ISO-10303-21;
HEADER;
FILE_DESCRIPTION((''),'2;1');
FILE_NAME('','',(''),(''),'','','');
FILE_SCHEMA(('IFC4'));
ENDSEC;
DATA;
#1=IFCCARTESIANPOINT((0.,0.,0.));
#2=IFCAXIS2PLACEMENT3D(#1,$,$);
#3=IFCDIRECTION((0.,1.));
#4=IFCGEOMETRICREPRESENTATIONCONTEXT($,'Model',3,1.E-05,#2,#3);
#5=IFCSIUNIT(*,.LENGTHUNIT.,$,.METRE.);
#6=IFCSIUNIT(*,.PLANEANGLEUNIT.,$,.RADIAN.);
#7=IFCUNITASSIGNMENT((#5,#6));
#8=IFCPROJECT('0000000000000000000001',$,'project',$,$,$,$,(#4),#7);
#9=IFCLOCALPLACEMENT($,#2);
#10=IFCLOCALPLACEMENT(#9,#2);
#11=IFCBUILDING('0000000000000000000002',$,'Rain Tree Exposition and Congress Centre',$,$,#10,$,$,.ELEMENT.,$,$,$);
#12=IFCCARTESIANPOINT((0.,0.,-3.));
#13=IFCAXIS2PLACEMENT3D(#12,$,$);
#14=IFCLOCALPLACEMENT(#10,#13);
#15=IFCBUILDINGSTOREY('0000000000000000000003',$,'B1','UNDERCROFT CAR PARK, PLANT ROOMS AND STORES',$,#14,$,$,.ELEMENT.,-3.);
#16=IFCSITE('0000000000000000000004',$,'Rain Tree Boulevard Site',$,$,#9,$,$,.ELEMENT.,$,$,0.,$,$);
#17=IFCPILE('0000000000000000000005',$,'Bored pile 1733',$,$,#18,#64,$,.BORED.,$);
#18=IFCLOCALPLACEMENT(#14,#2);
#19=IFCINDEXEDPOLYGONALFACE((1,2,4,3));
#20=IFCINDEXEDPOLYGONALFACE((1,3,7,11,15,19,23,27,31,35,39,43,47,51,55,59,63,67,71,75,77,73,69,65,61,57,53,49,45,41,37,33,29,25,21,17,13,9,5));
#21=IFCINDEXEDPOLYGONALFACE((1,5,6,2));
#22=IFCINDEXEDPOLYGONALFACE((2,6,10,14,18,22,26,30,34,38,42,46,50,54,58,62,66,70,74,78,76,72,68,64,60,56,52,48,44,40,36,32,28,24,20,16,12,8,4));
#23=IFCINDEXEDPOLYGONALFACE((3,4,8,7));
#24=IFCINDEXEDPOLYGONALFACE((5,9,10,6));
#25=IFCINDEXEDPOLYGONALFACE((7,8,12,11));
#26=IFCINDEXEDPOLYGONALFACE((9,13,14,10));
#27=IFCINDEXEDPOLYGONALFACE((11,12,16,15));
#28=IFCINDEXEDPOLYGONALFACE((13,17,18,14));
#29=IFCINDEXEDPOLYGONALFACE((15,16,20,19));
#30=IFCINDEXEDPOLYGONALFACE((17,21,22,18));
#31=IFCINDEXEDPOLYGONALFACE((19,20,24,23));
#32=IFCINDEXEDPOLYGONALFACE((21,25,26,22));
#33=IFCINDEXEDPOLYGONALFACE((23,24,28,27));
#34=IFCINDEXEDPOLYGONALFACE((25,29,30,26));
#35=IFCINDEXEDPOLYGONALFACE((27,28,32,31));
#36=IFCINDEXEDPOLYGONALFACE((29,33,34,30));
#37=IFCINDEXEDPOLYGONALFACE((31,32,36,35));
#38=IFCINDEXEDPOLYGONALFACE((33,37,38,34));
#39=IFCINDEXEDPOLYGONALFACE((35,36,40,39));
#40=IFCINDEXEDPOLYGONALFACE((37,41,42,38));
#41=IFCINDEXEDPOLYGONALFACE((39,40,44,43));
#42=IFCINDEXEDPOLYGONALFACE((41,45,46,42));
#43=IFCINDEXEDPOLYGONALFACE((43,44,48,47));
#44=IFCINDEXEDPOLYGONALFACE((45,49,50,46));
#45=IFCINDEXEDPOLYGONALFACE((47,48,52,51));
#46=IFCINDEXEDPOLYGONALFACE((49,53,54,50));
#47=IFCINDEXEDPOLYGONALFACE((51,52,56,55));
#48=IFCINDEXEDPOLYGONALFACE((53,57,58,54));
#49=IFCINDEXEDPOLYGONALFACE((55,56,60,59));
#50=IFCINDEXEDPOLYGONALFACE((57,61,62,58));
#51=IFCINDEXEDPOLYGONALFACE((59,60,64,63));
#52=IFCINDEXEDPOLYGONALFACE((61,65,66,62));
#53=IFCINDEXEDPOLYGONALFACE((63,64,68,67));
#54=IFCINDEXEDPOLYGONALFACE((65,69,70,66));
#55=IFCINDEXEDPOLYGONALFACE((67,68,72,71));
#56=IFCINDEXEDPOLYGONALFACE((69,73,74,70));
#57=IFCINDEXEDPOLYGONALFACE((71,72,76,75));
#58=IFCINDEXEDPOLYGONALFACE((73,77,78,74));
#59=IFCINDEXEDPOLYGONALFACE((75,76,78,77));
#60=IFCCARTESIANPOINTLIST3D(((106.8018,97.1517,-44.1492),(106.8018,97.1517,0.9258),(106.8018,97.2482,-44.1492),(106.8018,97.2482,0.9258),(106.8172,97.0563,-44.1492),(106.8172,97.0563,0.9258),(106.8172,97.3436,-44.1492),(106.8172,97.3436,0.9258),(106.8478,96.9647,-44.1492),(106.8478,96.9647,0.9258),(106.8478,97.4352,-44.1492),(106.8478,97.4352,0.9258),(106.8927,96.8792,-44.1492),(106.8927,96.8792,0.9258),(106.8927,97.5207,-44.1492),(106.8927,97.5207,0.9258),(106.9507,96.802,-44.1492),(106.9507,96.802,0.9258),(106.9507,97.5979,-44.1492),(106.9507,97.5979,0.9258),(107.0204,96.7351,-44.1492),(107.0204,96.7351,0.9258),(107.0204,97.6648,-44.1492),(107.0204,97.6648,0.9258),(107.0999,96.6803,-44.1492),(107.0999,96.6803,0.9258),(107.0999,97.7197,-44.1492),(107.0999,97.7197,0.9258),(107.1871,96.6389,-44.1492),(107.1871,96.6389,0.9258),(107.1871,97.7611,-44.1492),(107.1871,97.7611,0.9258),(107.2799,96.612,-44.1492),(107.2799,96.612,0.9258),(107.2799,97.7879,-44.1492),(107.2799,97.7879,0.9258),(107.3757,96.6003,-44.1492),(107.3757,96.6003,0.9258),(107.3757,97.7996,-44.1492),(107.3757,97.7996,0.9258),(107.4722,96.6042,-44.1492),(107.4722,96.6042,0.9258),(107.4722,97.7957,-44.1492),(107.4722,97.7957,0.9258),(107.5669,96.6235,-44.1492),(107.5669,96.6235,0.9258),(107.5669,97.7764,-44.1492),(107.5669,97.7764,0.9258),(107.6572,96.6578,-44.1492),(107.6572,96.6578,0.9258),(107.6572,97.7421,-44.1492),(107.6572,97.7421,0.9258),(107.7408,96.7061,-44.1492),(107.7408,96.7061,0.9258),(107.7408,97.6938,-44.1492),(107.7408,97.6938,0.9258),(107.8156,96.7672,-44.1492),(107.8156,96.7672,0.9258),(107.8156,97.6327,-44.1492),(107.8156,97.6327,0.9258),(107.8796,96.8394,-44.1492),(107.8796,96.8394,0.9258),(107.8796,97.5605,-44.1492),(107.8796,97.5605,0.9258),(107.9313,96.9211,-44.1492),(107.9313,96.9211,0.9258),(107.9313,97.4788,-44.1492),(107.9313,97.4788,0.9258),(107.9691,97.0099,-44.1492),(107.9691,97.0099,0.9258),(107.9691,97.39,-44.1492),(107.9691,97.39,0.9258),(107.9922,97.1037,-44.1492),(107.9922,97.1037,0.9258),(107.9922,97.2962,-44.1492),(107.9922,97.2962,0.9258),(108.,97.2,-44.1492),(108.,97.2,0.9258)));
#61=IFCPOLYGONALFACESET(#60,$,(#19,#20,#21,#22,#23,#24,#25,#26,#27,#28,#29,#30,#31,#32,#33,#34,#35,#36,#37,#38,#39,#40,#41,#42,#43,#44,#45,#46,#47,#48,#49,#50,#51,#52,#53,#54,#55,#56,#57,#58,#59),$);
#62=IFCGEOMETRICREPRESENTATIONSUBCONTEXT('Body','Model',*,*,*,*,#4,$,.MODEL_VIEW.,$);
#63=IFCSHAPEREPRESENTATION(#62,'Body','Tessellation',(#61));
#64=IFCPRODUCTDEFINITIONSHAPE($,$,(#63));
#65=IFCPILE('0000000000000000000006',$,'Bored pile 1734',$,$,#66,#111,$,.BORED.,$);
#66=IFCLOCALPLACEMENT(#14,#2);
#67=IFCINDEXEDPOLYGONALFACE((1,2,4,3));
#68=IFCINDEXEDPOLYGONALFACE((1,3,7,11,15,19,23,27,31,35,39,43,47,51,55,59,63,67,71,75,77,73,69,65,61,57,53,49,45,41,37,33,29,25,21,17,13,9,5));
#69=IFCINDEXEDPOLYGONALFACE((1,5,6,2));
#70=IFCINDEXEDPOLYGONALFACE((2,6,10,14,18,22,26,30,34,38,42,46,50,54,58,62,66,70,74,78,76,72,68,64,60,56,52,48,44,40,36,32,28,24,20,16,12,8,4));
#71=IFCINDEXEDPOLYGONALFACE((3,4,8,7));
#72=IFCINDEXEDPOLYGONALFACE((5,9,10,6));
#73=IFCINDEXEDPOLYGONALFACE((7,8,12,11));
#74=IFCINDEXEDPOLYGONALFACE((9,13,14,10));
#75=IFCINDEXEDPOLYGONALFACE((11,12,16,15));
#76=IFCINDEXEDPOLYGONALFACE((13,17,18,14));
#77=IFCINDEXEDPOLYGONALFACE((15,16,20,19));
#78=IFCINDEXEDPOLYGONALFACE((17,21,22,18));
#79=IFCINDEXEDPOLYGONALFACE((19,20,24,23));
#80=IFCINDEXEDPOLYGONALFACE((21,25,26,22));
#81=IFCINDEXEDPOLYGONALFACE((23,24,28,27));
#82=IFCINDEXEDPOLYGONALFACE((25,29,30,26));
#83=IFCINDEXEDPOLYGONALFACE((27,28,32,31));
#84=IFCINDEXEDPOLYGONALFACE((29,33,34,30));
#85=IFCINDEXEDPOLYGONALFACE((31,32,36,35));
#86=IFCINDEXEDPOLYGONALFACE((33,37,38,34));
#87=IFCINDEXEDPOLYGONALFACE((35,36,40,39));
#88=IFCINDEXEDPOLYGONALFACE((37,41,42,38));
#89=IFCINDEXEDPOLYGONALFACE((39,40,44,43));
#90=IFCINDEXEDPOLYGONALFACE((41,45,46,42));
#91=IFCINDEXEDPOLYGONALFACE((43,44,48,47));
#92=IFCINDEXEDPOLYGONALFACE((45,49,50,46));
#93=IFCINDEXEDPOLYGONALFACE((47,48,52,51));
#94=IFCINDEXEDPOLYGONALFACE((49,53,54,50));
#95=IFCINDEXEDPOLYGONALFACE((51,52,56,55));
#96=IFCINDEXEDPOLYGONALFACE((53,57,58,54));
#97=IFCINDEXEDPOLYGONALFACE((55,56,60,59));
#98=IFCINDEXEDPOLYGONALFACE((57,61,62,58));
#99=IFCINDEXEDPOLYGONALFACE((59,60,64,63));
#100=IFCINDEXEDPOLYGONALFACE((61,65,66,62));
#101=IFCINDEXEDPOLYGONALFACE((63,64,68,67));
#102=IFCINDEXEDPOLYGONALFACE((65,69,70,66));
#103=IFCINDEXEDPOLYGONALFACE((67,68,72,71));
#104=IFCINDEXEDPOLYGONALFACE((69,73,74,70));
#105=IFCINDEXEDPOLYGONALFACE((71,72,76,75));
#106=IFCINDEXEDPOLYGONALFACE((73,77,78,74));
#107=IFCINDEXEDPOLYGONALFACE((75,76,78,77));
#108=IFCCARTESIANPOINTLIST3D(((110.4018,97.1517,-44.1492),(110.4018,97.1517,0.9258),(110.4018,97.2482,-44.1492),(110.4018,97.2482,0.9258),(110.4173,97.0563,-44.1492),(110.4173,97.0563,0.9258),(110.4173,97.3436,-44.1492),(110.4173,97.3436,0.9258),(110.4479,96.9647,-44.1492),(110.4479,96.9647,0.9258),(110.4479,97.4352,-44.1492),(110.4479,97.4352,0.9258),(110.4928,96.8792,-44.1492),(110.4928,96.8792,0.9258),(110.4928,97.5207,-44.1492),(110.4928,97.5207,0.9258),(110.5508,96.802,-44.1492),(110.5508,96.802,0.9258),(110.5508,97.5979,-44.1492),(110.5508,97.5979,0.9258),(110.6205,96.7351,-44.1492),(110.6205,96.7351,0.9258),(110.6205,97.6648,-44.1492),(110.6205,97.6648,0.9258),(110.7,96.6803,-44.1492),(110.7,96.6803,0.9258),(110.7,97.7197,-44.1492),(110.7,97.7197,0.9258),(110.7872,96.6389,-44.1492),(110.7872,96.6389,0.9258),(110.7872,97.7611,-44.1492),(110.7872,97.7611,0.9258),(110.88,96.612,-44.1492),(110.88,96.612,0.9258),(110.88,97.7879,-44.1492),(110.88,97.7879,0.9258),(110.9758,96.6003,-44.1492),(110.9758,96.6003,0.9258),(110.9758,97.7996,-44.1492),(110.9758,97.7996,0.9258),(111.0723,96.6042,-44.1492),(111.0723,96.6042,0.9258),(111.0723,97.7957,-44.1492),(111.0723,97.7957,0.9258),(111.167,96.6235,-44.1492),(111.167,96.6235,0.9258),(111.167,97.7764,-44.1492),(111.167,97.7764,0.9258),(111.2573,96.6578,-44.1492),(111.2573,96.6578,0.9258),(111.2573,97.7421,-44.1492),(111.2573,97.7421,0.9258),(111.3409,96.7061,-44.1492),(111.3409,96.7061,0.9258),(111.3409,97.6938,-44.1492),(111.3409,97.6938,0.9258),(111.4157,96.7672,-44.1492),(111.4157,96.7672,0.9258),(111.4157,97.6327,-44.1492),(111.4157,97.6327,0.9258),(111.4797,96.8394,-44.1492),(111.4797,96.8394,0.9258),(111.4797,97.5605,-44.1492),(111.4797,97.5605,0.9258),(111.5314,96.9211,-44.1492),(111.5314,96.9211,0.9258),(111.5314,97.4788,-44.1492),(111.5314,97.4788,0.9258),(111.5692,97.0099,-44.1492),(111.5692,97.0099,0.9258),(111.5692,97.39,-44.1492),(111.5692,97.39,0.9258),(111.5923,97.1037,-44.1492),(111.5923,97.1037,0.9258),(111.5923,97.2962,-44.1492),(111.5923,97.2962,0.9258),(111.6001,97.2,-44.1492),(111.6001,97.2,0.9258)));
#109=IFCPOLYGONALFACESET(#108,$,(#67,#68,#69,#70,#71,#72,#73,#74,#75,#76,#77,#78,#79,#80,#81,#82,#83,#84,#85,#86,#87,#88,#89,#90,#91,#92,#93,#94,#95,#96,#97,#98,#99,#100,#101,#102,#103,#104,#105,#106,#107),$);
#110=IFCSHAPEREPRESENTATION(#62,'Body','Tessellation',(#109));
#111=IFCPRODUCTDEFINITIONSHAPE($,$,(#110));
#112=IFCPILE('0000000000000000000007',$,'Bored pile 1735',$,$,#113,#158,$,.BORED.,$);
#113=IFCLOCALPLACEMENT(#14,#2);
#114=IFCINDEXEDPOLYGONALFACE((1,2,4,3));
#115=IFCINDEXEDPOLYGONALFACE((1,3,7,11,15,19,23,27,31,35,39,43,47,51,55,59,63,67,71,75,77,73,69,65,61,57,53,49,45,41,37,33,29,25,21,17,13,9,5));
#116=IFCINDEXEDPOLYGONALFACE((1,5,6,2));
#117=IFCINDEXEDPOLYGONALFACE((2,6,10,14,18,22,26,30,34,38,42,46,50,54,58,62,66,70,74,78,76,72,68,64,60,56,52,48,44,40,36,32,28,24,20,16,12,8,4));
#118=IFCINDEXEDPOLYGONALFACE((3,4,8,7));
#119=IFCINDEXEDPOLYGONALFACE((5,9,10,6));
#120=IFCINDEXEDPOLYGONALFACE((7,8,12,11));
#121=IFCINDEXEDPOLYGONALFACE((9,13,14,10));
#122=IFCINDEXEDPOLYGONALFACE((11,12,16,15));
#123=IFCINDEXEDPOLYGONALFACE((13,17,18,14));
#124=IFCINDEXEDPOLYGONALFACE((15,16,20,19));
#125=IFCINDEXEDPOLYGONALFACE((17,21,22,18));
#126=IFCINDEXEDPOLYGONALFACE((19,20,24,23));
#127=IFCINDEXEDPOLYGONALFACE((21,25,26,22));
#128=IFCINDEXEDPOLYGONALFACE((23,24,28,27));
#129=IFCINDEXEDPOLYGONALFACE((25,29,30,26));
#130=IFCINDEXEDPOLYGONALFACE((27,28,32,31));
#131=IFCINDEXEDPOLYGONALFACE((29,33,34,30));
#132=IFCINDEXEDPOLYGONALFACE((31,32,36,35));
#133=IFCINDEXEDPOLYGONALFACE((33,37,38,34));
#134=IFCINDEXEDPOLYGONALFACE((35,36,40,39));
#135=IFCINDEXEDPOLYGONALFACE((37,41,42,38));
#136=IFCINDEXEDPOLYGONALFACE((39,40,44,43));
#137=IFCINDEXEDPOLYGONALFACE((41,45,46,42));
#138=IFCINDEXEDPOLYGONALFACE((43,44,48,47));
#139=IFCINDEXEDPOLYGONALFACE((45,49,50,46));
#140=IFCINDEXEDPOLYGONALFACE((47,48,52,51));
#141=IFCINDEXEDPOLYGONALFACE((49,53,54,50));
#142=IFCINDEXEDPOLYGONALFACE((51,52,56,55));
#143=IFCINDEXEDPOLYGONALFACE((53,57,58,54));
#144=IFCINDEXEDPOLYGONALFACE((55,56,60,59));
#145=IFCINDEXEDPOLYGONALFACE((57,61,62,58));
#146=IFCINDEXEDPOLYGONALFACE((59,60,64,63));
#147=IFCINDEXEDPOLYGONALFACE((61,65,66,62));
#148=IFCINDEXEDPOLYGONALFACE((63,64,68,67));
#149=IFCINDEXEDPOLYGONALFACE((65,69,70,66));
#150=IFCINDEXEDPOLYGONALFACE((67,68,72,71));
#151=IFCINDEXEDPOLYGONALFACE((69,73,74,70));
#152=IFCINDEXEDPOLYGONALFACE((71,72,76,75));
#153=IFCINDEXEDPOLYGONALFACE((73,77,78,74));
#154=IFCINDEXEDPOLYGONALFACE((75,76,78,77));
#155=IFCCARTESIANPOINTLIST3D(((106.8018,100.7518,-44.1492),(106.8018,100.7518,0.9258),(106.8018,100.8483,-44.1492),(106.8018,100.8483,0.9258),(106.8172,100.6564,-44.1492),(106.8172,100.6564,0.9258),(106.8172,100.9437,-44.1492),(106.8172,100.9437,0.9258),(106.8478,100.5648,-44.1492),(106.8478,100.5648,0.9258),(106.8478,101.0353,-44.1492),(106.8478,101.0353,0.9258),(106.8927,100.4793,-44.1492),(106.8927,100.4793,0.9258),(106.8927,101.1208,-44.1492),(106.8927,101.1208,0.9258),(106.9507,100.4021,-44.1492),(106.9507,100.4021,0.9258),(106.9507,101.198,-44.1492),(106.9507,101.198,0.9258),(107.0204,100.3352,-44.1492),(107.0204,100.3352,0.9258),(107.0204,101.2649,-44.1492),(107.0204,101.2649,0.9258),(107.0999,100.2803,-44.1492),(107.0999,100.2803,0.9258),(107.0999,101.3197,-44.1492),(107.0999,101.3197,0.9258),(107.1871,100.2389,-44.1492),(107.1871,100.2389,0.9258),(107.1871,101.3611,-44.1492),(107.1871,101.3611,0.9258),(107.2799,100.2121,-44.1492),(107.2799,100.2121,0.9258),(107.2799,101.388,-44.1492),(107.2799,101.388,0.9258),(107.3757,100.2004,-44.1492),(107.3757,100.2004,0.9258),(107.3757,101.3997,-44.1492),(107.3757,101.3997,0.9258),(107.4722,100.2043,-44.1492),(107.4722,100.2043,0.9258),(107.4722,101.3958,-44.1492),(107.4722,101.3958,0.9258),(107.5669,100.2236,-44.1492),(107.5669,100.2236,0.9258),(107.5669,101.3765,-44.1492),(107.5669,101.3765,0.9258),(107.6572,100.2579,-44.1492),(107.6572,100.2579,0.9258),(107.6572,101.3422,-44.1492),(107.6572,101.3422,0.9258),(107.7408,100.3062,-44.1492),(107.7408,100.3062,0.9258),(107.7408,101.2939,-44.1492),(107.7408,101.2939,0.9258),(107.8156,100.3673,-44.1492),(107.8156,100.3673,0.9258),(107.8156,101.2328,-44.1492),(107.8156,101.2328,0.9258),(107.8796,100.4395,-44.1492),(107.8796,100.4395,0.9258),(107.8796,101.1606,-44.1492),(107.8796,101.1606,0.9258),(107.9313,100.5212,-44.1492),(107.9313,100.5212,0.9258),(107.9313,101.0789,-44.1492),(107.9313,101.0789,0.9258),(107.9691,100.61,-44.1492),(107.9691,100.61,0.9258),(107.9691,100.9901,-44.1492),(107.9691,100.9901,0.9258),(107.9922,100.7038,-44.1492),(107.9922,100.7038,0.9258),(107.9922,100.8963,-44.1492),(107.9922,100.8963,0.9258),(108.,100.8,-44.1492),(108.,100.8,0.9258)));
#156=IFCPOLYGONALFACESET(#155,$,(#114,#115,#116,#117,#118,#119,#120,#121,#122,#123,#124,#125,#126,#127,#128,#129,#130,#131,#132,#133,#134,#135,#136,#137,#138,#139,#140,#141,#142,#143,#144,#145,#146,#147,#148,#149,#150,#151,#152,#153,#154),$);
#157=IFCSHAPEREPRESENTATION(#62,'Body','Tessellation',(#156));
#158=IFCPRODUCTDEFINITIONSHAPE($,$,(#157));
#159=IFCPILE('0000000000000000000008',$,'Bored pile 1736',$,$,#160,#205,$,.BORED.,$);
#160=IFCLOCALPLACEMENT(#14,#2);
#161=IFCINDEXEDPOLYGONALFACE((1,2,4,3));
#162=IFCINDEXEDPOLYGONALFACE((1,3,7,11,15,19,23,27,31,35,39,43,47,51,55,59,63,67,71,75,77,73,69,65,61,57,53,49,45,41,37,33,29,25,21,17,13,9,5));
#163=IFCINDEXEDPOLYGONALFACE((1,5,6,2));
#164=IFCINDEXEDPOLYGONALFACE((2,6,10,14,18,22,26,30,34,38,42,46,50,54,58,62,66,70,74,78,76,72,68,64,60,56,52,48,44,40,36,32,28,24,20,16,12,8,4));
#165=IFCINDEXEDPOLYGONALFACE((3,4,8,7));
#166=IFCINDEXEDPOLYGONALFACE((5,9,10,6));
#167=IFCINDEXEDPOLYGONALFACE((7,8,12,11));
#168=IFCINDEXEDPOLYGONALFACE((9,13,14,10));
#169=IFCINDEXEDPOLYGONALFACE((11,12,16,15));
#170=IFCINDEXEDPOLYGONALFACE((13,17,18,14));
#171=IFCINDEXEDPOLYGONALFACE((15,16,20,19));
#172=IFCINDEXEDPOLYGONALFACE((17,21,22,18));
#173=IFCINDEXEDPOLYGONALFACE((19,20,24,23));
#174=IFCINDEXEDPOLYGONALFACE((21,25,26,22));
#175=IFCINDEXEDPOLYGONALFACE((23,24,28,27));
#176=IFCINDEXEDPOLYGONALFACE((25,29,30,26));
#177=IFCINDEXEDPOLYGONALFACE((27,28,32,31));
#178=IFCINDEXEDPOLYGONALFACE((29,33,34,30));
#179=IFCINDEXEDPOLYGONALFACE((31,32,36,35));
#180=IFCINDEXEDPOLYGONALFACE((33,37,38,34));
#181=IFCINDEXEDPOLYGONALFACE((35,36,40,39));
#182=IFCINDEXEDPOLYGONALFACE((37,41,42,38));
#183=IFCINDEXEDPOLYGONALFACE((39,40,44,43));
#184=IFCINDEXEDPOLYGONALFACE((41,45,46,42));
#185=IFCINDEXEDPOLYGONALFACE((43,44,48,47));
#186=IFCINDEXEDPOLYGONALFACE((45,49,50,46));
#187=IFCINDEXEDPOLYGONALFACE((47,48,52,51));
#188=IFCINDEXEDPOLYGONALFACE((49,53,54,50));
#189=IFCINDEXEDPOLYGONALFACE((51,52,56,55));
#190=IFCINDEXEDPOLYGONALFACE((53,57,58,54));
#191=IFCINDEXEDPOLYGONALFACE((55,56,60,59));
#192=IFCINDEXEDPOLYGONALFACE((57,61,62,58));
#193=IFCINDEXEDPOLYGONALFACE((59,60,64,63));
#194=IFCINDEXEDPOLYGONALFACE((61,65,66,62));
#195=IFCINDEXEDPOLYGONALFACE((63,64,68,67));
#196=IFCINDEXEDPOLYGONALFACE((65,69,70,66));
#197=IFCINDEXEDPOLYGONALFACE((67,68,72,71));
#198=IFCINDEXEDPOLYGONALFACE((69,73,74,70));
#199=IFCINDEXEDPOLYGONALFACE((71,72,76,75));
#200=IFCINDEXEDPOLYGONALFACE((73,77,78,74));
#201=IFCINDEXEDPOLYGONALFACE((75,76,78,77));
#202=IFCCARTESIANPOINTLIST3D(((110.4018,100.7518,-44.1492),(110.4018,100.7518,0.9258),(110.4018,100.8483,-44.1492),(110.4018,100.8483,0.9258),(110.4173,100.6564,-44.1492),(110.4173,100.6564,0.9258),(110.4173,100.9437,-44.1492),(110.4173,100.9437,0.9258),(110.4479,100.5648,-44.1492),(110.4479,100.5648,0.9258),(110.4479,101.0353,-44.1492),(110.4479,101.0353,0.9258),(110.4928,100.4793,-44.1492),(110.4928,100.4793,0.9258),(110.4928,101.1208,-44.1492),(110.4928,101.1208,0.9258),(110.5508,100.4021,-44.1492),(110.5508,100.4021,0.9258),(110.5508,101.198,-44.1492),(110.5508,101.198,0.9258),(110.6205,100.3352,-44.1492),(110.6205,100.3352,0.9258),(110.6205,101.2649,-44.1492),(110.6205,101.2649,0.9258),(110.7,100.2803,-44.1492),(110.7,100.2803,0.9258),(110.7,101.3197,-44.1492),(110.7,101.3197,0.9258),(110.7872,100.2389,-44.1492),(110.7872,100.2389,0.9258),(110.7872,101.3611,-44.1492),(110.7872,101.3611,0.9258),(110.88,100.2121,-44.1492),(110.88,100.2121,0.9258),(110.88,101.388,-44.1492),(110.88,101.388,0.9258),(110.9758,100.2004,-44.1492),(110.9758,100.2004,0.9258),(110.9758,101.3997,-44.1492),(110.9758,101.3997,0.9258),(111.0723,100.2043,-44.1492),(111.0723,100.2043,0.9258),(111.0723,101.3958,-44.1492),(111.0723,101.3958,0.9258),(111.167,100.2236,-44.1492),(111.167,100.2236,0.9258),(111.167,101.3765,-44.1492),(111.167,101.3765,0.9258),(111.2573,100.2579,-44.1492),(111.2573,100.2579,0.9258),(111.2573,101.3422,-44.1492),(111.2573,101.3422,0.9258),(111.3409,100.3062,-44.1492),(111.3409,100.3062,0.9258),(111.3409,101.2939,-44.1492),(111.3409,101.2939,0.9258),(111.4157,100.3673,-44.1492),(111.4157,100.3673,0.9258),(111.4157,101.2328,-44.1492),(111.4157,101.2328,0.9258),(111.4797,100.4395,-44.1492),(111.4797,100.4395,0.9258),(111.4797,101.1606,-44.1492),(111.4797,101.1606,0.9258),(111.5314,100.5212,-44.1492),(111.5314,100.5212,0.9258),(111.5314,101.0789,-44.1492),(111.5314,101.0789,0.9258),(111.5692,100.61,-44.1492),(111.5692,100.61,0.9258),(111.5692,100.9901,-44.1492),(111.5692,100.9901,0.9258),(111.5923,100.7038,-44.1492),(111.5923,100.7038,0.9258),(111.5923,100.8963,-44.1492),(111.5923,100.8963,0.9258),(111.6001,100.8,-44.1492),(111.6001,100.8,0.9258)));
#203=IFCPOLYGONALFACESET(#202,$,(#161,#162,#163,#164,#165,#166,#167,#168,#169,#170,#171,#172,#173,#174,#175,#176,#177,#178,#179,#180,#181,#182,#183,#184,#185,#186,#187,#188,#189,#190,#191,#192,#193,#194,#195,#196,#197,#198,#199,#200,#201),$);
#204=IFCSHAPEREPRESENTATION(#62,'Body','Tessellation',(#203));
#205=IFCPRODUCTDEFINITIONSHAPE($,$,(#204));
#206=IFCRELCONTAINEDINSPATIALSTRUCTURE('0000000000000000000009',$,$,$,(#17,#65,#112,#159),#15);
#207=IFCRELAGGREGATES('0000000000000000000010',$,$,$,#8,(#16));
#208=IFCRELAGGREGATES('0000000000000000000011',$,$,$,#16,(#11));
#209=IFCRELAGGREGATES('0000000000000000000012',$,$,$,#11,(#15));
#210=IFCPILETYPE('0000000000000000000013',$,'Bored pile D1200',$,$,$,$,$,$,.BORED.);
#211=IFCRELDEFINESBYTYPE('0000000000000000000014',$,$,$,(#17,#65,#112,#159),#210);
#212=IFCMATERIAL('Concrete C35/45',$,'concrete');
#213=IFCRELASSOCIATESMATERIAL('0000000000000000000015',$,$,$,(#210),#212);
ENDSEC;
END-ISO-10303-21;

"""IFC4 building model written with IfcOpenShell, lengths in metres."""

from ifc_helpers import new_model, si_unit, direction, frame, origin, origin_2d, place, context, subcontext, project, spatial, circle, extrude, material, material_profile, profile_set, type_object, element, save


model = new_model("IFC4")

# Units and contexts
model_context = context("Model", 3, precision=1e-05, world=origin(), true_north=direction((0.0, 1.0)))
body_context = subcontext(model_context, "Body", "Model", "MODEL_VIEW")
ifc_project = project(units=[si_unit("LENGTHUNIT", "METRE"), si_unit("PLANEANGLEUNIT", "RADIAN")], contexts=[model_context])

# Site, building, storey
site_placement = place(None, origin())
site = spatial("IfcSite", under=ifc_project, at=site_placement, Name="Rain Tree Boulevard Site", CompositionType="ELEMENT", RefElevation=0.0)
building_placement = place(site_placement, origin())
building = spatial("IfcBuilding", under=site, at=building_placement, Name="Rain Tree Exposition and Congress Centre", CompositionType="ELEMENT")
storey_placement = place(building_placement, frame((0.0, 0.0, -3.0)))
storey = spatial("IfcBuildingStorey", under=building, at=storey_placement, Name="B1", Description="UNDERCROFT CAR PARK, PLANT ROOMS AND STORES", CompositionType="ELEMENT", Elevation=-3.0)

# Piles
ifc_material_1 = material(Name="Concrete C35/45", Category="concrete")
ifc_material_profile_1 = material_profile(ifc_material_1, circle(Radius=0.6001, at=origin_2d()), Name="D1200")
ifc_profile_set_1 = profile_set([ifc_material_profile_1], Name="Concrete C35/45")
pile_type_1 = type_object("IfcPileType", Name="Bored pile D1200", PredefinedType="BORED", material=ifc_profile_set_1)
for number, where, z_axis, x_axis, name in (
    (1, (107.3999, 97.2, 0.9258), (0.0, 0.0, -1.0), (1.0, 0.0, 0.0), "Bored pile 1733"),
    (2, (111.0, 97.2, 0.9258), (0.0, 0.0, -1.0), (1.0, 0.0, 0.0), "Bored pile 1734"),
    (3, (107.3999, 100.8, 0.9258), (0.0, 0.0, -1.0), (1.0, 0.0, 0.0), "Bored pile 1735"),
    (4, (111.0, 100.8, 0.9258), (0.0, 0.0, -1.0), (1.0, 0.0, 0.0), "Bored pile 1736"),
):
    element("IfcPile", number, at=place(storey_placement, frame(where, z_axis=z_axis, x_axis=x_axis)), inside=storey, type_object=pile_type_1, Name=name, PredefinedType="BORED", context=body_context, shape_type="SweptSolid", body=[
        extrude(circle(Radius=0.6001, at=origin_2d()), origin(), (0.0, 0.0, 1.0), 45.075),
    ])

save(model, "model.ifc")
